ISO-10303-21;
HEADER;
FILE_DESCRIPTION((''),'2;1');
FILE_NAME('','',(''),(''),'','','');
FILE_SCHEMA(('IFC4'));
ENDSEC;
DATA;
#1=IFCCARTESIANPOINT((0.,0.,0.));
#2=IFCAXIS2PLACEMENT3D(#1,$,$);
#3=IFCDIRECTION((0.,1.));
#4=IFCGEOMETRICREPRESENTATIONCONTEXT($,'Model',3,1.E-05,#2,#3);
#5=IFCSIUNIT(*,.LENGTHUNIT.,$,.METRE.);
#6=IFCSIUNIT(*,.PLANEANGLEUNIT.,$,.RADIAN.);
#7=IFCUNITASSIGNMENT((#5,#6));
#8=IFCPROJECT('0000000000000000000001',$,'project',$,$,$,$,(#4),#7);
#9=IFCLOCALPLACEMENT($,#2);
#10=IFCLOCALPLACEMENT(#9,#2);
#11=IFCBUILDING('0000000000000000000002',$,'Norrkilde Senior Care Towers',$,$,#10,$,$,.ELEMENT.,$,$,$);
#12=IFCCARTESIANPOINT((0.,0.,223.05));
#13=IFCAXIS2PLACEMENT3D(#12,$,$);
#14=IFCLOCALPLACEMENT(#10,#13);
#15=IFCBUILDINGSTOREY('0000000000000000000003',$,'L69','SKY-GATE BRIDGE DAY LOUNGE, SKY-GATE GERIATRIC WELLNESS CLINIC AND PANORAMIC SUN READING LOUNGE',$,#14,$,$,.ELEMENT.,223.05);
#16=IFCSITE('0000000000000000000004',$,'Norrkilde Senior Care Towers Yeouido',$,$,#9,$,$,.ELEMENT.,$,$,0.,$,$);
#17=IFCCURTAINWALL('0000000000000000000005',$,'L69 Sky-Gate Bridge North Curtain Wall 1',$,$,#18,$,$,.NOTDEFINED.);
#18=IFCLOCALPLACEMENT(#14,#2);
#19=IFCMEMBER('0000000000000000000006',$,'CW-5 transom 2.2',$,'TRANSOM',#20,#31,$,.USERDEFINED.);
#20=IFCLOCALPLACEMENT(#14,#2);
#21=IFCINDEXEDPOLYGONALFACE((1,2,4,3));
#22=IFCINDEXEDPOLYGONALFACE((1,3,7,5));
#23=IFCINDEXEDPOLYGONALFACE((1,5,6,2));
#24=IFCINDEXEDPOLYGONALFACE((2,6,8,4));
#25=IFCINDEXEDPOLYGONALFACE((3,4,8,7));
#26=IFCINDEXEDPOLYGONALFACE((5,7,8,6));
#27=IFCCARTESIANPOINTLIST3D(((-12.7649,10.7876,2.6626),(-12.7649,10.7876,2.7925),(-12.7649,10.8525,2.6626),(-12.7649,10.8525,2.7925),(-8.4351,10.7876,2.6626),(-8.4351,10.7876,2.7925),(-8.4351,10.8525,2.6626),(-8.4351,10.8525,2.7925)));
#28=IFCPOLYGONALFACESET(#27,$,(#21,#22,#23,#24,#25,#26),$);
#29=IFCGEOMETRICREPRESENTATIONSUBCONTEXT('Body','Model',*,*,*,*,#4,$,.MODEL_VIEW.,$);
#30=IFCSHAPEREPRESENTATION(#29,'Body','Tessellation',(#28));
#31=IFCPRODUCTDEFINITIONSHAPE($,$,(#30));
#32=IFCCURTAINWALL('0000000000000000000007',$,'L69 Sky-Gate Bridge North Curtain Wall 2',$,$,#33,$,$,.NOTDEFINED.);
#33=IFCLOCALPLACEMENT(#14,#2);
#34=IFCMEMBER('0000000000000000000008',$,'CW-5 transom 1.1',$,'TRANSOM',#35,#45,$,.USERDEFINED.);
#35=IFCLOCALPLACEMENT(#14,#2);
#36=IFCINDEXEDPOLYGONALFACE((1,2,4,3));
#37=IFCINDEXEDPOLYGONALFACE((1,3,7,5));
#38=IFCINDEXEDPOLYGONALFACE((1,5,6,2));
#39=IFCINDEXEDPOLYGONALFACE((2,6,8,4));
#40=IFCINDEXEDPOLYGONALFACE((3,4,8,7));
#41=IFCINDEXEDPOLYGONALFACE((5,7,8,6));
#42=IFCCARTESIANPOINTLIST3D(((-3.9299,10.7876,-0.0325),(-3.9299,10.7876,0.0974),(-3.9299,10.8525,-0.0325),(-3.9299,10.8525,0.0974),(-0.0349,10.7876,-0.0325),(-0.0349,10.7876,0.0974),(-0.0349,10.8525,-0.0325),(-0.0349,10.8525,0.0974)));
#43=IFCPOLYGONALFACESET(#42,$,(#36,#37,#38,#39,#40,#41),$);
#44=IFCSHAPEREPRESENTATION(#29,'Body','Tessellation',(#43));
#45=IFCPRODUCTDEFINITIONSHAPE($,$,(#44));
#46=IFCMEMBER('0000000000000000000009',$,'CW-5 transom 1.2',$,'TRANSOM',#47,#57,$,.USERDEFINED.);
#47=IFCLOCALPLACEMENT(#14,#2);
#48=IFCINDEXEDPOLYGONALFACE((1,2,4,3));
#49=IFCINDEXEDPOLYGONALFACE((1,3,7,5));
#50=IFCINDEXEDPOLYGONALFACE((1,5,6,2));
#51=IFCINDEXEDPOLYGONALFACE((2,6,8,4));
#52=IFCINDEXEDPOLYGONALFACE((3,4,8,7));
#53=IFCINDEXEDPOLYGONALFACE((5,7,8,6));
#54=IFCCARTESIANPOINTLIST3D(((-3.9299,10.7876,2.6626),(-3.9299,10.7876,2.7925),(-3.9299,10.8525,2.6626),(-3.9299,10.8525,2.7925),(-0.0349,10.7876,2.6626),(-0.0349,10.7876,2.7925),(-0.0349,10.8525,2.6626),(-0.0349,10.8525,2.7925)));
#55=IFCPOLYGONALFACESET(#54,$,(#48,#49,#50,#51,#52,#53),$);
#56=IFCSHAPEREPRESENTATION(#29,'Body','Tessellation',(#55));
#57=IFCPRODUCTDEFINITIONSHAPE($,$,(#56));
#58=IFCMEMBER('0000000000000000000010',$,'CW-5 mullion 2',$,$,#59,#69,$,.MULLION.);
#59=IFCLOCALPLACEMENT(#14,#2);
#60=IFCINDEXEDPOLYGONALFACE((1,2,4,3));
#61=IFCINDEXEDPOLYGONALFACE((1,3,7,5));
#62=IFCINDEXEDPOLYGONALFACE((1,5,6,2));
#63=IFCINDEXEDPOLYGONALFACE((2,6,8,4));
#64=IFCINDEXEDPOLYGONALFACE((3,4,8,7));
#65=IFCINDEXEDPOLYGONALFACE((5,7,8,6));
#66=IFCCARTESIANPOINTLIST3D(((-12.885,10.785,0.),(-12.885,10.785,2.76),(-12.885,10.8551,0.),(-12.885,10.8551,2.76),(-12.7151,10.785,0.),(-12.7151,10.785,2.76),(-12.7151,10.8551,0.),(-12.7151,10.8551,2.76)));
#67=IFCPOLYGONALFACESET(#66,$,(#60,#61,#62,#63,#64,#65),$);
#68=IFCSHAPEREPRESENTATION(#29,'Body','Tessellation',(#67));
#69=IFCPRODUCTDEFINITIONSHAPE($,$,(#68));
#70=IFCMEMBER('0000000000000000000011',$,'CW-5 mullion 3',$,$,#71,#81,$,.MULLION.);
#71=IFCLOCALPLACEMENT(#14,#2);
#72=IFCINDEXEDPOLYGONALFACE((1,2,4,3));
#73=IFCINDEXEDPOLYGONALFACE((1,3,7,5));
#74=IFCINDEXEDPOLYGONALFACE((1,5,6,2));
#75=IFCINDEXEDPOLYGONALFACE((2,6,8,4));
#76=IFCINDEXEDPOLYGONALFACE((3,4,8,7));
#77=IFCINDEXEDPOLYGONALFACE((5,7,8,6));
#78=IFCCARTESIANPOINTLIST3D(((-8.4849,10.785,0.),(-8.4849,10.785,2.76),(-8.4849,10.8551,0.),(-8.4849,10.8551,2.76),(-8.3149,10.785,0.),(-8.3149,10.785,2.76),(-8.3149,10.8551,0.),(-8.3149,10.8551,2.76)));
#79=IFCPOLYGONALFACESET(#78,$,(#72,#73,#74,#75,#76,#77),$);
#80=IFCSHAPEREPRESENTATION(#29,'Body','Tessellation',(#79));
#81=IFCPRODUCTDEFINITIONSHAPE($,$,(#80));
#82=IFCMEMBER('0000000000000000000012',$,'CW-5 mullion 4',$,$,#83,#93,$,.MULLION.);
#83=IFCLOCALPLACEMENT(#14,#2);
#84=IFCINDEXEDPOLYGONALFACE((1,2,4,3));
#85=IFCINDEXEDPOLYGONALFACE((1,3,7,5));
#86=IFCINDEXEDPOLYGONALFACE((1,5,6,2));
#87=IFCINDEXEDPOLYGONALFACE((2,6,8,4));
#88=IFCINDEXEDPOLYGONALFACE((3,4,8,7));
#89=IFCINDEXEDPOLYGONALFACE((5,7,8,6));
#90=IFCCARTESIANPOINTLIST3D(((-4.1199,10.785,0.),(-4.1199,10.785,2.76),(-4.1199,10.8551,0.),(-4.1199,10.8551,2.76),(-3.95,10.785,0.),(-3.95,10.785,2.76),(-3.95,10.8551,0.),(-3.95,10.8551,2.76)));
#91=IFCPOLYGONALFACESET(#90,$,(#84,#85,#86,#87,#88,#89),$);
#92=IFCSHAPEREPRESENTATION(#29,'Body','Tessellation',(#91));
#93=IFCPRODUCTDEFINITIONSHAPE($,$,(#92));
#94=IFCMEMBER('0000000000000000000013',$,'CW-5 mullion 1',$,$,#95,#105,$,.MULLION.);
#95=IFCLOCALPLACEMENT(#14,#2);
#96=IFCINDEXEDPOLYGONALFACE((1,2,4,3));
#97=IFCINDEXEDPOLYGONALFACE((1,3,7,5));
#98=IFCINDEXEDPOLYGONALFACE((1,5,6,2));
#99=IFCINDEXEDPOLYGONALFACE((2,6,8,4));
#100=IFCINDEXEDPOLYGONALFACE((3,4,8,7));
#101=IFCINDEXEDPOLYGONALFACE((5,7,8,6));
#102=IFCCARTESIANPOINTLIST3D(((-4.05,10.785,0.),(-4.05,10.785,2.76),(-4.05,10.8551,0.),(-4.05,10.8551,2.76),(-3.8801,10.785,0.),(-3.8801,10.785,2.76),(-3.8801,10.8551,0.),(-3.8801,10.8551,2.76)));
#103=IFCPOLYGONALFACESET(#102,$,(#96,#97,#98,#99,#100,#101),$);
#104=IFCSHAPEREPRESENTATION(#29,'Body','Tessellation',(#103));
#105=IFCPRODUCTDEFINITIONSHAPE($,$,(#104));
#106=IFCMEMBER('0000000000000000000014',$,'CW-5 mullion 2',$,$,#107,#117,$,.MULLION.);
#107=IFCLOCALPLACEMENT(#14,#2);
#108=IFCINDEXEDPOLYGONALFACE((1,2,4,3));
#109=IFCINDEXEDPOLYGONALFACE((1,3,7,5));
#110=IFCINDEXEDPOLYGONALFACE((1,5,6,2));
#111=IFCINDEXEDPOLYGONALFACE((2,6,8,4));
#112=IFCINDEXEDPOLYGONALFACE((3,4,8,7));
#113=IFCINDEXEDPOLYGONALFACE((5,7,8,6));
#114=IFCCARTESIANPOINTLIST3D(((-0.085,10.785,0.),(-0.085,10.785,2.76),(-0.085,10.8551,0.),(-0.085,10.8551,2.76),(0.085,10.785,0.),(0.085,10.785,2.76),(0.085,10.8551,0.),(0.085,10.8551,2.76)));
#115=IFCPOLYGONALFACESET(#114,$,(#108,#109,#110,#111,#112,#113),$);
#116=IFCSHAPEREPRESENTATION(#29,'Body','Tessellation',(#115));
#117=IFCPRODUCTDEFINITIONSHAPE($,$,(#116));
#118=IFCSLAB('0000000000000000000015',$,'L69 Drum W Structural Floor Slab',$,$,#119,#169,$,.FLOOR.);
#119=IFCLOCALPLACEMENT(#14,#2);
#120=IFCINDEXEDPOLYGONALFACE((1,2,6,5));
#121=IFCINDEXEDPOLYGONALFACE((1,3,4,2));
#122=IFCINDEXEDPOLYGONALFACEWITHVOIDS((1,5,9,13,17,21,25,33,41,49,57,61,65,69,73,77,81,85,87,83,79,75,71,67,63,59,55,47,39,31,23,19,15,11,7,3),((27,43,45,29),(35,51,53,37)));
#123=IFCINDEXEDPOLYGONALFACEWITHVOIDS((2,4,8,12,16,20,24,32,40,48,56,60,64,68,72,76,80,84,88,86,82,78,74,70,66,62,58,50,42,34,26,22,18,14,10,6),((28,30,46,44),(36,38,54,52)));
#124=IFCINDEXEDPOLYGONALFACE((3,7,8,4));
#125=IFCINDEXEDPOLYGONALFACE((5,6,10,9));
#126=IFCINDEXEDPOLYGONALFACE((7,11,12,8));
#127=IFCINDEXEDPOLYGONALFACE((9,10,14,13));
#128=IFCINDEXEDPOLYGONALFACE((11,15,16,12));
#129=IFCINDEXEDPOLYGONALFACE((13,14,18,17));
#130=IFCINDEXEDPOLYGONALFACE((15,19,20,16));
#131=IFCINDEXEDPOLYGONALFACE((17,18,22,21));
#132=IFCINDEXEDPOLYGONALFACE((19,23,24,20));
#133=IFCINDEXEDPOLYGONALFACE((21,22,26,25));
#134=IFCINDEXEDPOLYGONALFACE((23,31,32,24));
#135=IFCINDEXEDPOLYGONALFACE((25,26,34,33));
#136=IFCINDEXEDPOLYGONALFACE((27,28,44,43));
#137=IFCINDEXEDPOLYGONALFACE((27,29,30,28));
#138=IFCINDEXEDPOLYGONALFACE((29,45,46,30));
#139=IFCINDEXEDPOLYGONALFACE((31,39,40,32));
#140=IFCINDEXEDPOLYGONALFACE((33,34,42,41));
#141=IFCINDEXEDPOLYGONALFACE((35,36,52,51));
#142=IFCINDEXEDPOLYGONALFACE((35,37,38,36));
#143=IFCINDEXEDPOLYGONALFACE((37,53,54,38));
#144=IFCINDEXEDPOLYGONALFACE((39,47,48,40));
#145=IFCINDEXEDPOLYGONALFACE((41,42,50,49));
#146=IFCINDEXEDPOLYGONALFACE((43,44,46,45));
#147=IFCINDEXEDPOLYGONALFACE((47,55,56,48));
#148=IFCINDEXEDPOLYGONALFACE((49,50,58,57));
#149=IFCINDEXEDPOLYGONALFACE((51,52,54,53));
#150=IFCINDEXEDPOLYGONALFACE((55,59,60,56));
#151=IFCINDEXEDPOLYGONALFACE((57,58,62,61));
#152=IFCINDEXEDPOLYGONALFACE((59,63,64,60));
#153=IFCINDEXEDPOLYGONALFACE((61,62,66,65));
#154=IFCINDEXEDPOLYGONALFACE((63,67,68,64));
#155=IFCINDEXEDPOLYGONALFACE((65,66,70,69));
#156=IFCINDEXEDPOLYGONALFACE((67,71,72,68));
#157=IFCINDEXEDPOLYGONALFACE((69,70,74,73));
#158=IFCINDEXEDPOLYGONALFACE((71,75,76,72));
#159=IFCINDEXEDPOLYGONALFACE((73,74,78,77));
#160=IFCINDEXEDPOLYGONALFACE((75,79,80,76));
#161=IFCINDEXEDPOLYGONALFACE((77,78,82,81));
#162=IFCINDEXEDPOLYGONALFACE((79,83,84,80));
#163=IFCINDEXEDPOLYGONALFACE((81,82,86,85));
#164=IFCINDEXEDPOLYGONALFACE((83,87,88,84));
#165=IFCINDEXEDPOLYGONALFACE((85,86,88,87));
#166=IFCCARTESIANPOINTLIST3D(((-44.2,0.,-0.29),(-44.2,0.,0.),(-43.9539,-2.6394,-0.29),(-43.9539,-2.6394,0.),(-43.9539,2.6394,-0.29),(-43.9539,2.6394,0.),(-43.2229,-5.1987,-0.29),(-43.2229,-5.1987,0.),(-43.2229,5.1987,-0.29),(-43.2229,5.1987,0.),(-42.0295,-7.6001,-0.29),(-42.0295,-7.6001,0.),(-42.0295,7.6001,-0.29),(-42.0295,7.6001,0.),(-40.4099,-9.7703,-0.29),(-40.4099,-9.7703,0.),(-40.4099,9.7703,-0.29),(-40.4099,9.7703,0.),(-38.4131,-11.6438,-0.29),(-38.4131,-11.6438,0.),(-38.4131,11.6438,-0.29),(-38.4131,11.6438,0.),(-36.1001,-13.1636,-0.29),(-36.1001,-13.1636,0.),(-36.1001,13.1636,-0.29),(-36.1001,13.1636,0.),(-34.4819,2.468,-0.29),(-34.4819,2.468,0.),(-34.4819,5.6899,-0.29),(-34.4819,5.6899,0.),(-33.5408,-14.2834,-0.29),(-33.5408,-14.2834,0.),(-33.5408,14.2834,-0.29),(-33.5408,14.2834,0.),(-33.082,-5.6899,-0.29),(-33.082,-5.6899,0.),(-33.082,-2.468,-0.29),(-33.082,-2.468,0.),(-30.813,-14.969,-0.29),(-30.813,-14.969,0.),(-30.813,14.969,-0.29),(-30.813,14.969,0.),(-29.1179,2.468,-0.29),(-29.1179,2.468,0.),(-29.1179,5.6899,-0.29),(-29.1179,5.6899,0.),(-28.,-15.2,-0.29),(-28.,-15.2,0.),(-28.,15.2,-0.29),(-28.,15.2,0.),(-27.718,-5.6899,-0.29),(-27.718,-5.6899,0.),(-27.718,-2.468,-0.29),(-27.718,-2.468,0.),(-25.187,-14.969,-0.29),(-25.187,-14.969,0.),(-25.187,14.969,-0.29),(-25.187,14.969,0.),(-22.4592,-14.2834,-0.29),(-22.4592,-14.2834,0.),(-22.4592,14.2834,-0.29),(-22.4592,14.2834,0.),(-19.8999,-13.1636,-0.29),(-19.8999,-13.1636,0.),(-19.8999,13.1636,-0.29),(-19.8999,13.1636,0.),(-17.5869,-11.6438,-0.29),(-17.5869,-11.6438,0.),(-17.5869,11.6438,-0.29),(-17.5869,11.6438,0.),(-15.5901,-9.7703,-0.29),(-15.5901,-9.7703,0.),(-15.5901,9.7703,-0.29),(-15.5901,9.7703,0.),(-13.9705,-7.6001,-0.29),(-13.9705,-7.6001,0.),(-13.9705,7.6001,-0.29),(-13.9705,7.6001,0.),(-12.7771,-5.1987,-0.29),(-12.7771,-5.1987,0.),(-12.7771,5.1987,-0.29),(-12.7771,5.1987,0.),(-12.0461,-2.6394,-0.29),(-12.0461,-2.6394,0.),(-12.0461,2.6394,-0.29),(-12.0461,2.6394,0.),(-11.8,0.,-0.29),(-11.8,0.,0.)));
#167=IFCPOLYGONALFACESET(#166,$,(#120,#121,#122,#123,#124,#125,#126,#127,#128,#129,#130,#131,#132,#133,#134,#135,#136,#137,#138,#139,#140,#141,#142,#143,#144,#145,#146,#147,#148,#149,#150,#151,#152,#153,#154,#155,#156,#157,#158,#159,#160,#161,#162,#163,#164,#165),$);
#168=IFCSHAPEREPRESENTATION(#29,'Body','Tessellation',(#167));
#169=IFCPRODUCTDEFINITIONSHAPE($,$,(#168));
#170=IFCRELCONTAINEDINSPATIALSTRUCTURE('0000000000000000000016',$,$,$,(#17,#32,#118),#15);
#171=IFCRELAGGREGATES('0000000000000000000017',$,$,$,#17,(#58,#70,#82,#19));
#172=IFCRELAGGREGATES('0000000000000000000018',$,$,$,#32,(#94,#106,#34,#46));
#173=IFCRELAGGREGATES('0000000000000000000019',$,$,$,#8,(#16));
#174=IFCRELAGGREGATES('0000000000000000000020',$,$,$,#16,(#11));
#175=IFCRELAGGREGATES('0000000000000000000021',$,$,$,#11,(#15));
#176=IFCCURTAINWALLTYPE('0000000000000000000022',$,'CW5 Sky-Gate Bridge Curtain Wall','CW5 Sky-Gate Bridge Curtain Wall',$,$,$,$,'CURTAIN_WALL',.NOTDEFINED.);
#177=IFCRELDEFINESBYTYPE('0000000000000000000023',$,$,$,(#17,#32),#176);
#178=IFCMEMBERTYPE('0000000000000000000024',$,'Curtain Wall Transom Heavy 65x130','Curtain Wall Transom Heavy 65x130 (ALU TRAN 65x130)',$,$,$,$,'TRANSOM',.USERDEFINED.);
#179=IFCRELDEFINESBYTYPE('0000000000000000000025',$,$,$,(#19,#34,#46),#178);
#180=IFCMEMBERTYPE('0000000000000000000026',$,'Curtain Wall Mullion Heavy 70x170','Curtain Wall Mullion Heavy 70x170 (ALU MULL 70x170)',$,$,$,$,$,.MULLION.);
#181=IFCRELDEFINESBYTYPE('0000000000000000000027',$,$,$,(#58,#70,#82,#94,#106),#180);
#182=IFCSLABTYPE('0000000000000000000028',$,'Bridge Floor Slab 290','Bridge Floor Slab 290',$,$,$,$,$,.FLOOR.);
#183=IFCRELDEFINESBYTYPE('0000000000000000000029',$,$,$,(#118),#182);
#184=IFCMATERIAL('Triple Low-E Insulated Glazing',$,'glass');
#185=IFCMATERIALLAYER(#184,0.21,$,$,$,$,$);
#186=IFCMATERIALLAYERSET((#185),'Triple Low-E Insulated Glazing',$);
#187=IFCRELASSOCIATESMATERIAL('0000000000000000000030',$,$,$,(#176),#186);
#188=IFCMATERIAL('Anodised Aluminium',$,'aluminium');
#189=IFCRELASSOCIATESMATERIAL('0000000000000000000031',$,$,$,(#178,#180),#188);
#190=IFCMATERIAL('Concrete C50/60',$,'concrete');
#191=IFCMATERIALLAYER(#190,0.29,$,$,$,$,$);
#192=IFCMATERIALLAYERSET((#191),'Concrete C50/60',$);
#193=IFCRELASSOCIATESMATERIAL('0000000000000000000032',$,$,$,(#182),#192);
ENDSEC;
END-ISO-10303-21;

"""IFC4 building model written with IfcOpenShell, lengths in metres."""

from ifc_helpers import new_model, si_unit, direction, frame, origin, origin_2d, place, context, subcontext, project, spatial, polyline, rectangle, outline, extrude, source, transform, mapped, material, layer, layer_set, material_profile, profile_set, type_object, type_shapes, element, aggregate, save


model = new_model("IFC4")

# Units and contexts
model_context = context("Model", 3, precision=1e-05, world=origin(), true_north=direction((0.0, 1.0)))
body_context = subcontext(model_context, "Body", "Model", "MODEL_VIEW")
ifc_project = project(units=[si_unit("LENGTHUNIT", "METRE"), si_unit("PLANEANGLEUNIT", "RADIAN")], contexts=[model_context])

# Site, building, storey
site_placement = place(None, origin())
site = spatial("IfcSite", under=ifc_project, at=site_placement, Name="Norrkilde Senior Care Towers Yeouido", CompositionType="ELEMENT", RefElevation=0.0)
building_placement = place(site_placement, origin())
building = spatial("IfcBuilding", under=site, at=building_placement, Name="Norrkilde Senior Care Towers", CompositionType="ELEMENT")
storey_placement = place(building_placement, frame((0.0, 0.0, 223.05)))
storey = spatial("IfcBuildingStorey", under=building, at=storey_placement, Name="L69", Description="SKY-GATE BRIDGE DAY LOUNGE, SKY-GATE GERIATRIC WELLNESS CLINIC AND PANORAMIC SUN READING LOUNGE", CompositionType="ELEMENT", Elevation=223.05)

# Curtain walls, members
ifc_material_1 = material(Name="Triple Low-E Insulated Glazing", Category="glass")
ifc_layer_1 = layer(ifc_material_1, 0.21)
ifc_layer_set_1 = layer_set([ifc_layer_1], Name="Triple Low-E Insulated Glazing")
curtain_wall_type = type_object("IfcCurtainWallType", Name="CW5 Sky-Gate Bridge Curtain Wall", Description="CW5 Sky-Gate Bridge Curtain Wall", ElementType="CURTAIN_WALL", PredefinedType="NOTDEFINED", material=ifc_layer_set_1)
curtain_wall_1_placement = place(storey_placement, origin())
curtain_wall_1 = element("IfcCurtainWall", 1, at=curtain_wall_1_placement, inside=storey, type_object=curtain_wall_type, Name="L69 Sky-Gate Bridge North Curtain Wall 1", PredefinedType="NOTDEFINED")
ifc_material_2 = material(Name="Anodised Aluminium", Category="aluminium")
ifc_material_profile_1 = material_profile(ifc_material_2, rectangle(XDim=0.0649, YDim=0.1299, at=origin_2d()), Name="ALU TRAN 65x130")
ifc_profile_set_1 = profile_set([ifc_material_profile_1], Name="Anodised Aluminium")
member_type_1 = type_object("IfcMemberType", Name="Curtain Wall Transom Heavy 65x130", Description="Curtain Wall Transom Heavy 65x130 (ALU TRAN 65x130)", ElementType="TRANSOM", PredefinedType="USERDEFINED", material=ifc_profile_set_1)
shared_shape_1 = source(origin(), body_context, "Body", "SweptSolid", [
    extrude(rectangle(XDim=0.0649, YDim=0.1299, at=origin_2d()), origin(), (0.0, 0.0, 1.0), 4.3298),
])
member_1_placement = place(storey_placement, frame((-12.7649, 10.8201, 2.7275), z_axis=(1.0, 0.0, 0.0), x_axis=(0.0, 1.0, 0.0)))
member_1 = element("IfcMember", 2, at=member_1_placement, type_object=member_type_1, Name="CW-5 transom 2.2", ObjectType="TRANSOM", PredefinedType="USERDEFINED", context=body_context, shape_type="MappedRepresentation", body=[
    mapped(shared_shape_1, transform((0.0, 0.0, 0.0), x_axis=(1.0, 0.0, 0.0), y_axis=(0.0, 1.0, 0.0), z_axis=(0.0, 0.0, 1.0), scale=1.0)),
])
curtain_wall_2_placement = place(storey_placement, origin())
curtain_wall_2 = element("IfcCurtainWall", 3, at=curtain_wall_2_placement, inside=storey, type_object=curtain_wall_type, Name="L69 Sky-Gate Bridge North Curtain Wall 2", PredefinedType="NOTDEFINED")
shared_shape_2 = source(origin(), body_context, "Body", "SweptSolid", [
    extrude(rectangle(XDim=0.0649, YDim=0.1299, at=origin_2d()), origin(), (0.0, 0.0, 1.0), 3.895),
])
member_2_placement = place(storey_placement, frame((-3.9299, 10.8201, 0.0325), z_axis=(1.0, 0.0, 0.0), x_axis=(0.0, 1.0, 0.0)))
member_2 = element("IfcMember", 4, at=member_2_placement, type_object=member_type_1, Name="CW-5 transom 1.1", ObjectType="TRANSOM", PredefinedType="USERDEFINED", context=body_context, shape_type="MappedRepresentation", body=[
    mapped(shared_shape_2, transform((0.0, 0.0, 0.0), x_axis=(1.0, 0.0, 0.0), y_axis=(0.0, 1.0, 0.0), z_axis=(0.0, 0.0, 1.0), scale=1.0)),
])
member_3_placement = place(storey_placement, frame((-3.9299, 10.8201, 2.7275), z_axis=(1.0, 0.0, 0.0), x_axis=(0.0, 1.0, 0.0)))
member_3 = element("IfcMember", 5, at=member_3_placement, type_object=member_type_1, Name="CW-5 transom 1.2", ObjectType="TRANSOM", PredefinedType="USERDEFINED", context=body_context, shape_type="MappedRepresentation", body=[
    mapped(shared_shape_2, transform((0.0, 0.0, 0.0), x_axis=(1.0, 0.0, 0.0), y_axis=(0.0, 1.0, 0.0), z_axis=(0.0, 0.0, 1.0), scale=1.0)),
])

# Members
ifc_material_profile_2 = material_profile(ifc_material_2, rectangle(XDim=0.0701, YDim=0.1699, at=origin_2d()), Name="ALU MULL 70x170")
ifc_profile_set_2 = profile_set([ifc_material_profile_2], Name="Anodised Aluminium")
member_type_2 = type_object("IfcMemberType", Name="Curtain Wall Mullion Heavy 70x170", Description="Curtain Wall Mullion Heavy 70x170 (ALU MULL 70x170)", PredefinedType="MULLION", material=ifc_profile_set_2)
shared_shape_3 = source(origin(), body_context, "Body", "SweptSolid", [
    extrude(rectangle(XDim=0.0701, YDim=0.1699, at=origin_2d()), origin(), (0.0, 0.0, 1.0), 2.76),
])
type_shapes(member_type_2, [shared_shape_3])
member_4_placement = place(storey_placement, frame((-12.8, 10.8201, 0.0), z_axis=(0.0, 0.0, 1.0), x_axis=(0.0, 1.0, 0.0)))
member_4 = element("IfcMember", 6, at=member_4_placement, type_object=member_type_2, Name="CW-5 mullion 2", PredefinedType="MULLION", context=body_context, shape_type="MappedRepresentation", body=[
    mapped(shared_shape_3, transform((0.0, 0.0, 0.0), x_axis=(1.0, 0.0, 0.0), y_axis=(0.0, 1.0, 0.0), z_axis=(0.0, 0.0, 1.0), scale=1.0)),
])
member_5_placement = place(storey_placement, frame((-8.3999, 10.8201, 0.0), z_axis=(0.0, 0.0, 1.0), x_axis=(0.0, 1.0, 0.0)))
member_5 = element("IfcMember", 7, at=member_5_placement, type_object=member_type_2, Name="CW-5 mullion 3", PredefinedType="MULLION", context=body_context, shape_type="MappedRepresentation", body=[
    mapped(shared_shape_3, transform((0.0, 0.0, 0.0), x_axis=(1.0, 0.0, 0.0), y_axis=(0.0, 1.0, 0.0), z_axis=(0.0, 0.0, 1.0), scale=1.0)),
])
member_6_placement = place(storey_placement, frame((-4.0349, 10.8201, 0.0), z_axis=(0.0, 0.0, 1.0), x_axis=(0.0, 1.0, 0.0)))
member_6 = element("IfcMember", 8, at=member_6_placement, type_object=member_type_2, Name="CW-5 mullion 4", PredefinedType="MULLION", context=body_context, shape_type="MappedRepresentation", body=[
    mapped(shared_shape_3, transform((0.0, 0.0, 0.0), x_axis=(1.0, 0.0, 0.0), y_axis=(0.0, 1.0, 0.0), z_axis=(0.0, 0.0, 1.0), scale=1.0)),
])
member_7_placement = place(storey_placement, frame((-3.9651, 10.8201, 0.0), z_axis=(0.0, 0.0, 1.0), x_axis=(0.0, 1.0, 0.0)))
member_7 = element("IfcMember", 9, at=member_7_placement, type_object=member_type_2, Name="CW-5 mullion 1", PredefinedType="MULLION", context=body_context, shape_type="MappedRepresentation", body=[
    mapped(shared_shape_3, transform((0.0, 0.0, 0.0), x_axis=(1.0, 0.0, 0.0), y_axis=(0.0, 1.0, 0.0), z_axis=(0.0, 0.0, 1.0), scale=1.0)),
])
member_8_placement = place(storey_placement, frame((0.0, 10.8201, 0.0), z_axis=(0.0, 0.0, 1.0), x_axis=(0.0, 1.0, 0.0)))
member_8 = element("IfcMember", 10, at=member_8_placement, type_object=member_type_2, Name="CW-5 mullion 2", PredefinedType="MULLION", context=body_context, shape_type="MappedRepresentation", body=[
    mapped(shared_shape_3, transform((0.0, 0.0, 0.0), x_axis=(1.0, 0.0, 0.0), y_axis=(0.0, 1.0, 0.0), z_axis=(0.0, 0.0, 1.0), scale=1.0)),
])

# Slab
ifc_material_3 = material(Name="Concrete C50/60", Category="concrete")
ifc_layer_2 = layer(ifc_material_3, 0.29)
ifc_layer_set_2 = layer_set([ifc_layer_2], Name="Concrete C50/60")
slab_type_1 = type_object("IfcSlabType", Name="Bridge Floor Slab 290", Description="Bridge Floor Slab 290", PredefinedType="FLOOR", material=ifc_layer_set_2)
slab_1_placement = place(storey_placement, frame((0.0, 0.0, -0.29)))
element("IfcSlab", 11, at=slab_1_placement, inside=storey, type_object=slab_type_1, Name="L69 Drum W Structural Floor Slab", PredefinedType="FLOOR", context=body_context, shape_type="SweptSolid", body=[
    extrude(outline(polyline([(-12.7771, -5.1987), (-13.9705, -7.6001), (-15.5901, -9.7703), (-17.5869, -11.6438), (-19.8999, -13.1636), (-22.4592, -14.2834), (-25.187, -14.969), (-28.0, -15.2), (-30.813, -14.969), (-33.5408, -14.2834), (-36.1001, -13.1636), (-38.4131, -11.6438), (-40.4099, -9.7703), (-42.0295, -7.6001), (-43.2229, -5.1987), (-43.9539, -2.6394), (-44.2, 0.0), (-43.9539, 2.6394), (-43.2229, 5.1987), (-42.0295, 7.6001), (-40.4099, 9.7703), (-38.4131, 11.6438), (-36.1001, 13.1636), (-33.5408, 14.2834), (-30.813, 14.969), (-28.0, 15.2), (-25.187, 14.969), (-22.4592, 14.2834), (-19.8999, 13.1636), (-17.5869, 11.6438), (-15.5901, 9.7703), (-13.9705, 7.6001), (-12.7771, 5.1987), (-12.0461, 2.6394), (-11.8, 0.0), (-12.0461, -2.6394), (-12.7771, -5.1987)]), holes=[polyline([(-34.4819, 2.468), (-29.1179, 2.468), (-29.1179, 5.6899), (-34.4819, 5.6899), (-34.4819, 2.468)]), polyline([(-27.718, -5.6899), (-27.718, -2.468), (-33.082, -2.468), (-33.082, -5.6899), (-27.718, -5.6899)])]), origin(), (0.0, 0.0, 1.0), 0.29),
])

aggregate(curtain_wall_1, [member_4, member_5, member_6, member_1])
aggregate(curtain_wall_2, [member_7, member_8, member_2, member_3])

save(model, "model.ifc")
